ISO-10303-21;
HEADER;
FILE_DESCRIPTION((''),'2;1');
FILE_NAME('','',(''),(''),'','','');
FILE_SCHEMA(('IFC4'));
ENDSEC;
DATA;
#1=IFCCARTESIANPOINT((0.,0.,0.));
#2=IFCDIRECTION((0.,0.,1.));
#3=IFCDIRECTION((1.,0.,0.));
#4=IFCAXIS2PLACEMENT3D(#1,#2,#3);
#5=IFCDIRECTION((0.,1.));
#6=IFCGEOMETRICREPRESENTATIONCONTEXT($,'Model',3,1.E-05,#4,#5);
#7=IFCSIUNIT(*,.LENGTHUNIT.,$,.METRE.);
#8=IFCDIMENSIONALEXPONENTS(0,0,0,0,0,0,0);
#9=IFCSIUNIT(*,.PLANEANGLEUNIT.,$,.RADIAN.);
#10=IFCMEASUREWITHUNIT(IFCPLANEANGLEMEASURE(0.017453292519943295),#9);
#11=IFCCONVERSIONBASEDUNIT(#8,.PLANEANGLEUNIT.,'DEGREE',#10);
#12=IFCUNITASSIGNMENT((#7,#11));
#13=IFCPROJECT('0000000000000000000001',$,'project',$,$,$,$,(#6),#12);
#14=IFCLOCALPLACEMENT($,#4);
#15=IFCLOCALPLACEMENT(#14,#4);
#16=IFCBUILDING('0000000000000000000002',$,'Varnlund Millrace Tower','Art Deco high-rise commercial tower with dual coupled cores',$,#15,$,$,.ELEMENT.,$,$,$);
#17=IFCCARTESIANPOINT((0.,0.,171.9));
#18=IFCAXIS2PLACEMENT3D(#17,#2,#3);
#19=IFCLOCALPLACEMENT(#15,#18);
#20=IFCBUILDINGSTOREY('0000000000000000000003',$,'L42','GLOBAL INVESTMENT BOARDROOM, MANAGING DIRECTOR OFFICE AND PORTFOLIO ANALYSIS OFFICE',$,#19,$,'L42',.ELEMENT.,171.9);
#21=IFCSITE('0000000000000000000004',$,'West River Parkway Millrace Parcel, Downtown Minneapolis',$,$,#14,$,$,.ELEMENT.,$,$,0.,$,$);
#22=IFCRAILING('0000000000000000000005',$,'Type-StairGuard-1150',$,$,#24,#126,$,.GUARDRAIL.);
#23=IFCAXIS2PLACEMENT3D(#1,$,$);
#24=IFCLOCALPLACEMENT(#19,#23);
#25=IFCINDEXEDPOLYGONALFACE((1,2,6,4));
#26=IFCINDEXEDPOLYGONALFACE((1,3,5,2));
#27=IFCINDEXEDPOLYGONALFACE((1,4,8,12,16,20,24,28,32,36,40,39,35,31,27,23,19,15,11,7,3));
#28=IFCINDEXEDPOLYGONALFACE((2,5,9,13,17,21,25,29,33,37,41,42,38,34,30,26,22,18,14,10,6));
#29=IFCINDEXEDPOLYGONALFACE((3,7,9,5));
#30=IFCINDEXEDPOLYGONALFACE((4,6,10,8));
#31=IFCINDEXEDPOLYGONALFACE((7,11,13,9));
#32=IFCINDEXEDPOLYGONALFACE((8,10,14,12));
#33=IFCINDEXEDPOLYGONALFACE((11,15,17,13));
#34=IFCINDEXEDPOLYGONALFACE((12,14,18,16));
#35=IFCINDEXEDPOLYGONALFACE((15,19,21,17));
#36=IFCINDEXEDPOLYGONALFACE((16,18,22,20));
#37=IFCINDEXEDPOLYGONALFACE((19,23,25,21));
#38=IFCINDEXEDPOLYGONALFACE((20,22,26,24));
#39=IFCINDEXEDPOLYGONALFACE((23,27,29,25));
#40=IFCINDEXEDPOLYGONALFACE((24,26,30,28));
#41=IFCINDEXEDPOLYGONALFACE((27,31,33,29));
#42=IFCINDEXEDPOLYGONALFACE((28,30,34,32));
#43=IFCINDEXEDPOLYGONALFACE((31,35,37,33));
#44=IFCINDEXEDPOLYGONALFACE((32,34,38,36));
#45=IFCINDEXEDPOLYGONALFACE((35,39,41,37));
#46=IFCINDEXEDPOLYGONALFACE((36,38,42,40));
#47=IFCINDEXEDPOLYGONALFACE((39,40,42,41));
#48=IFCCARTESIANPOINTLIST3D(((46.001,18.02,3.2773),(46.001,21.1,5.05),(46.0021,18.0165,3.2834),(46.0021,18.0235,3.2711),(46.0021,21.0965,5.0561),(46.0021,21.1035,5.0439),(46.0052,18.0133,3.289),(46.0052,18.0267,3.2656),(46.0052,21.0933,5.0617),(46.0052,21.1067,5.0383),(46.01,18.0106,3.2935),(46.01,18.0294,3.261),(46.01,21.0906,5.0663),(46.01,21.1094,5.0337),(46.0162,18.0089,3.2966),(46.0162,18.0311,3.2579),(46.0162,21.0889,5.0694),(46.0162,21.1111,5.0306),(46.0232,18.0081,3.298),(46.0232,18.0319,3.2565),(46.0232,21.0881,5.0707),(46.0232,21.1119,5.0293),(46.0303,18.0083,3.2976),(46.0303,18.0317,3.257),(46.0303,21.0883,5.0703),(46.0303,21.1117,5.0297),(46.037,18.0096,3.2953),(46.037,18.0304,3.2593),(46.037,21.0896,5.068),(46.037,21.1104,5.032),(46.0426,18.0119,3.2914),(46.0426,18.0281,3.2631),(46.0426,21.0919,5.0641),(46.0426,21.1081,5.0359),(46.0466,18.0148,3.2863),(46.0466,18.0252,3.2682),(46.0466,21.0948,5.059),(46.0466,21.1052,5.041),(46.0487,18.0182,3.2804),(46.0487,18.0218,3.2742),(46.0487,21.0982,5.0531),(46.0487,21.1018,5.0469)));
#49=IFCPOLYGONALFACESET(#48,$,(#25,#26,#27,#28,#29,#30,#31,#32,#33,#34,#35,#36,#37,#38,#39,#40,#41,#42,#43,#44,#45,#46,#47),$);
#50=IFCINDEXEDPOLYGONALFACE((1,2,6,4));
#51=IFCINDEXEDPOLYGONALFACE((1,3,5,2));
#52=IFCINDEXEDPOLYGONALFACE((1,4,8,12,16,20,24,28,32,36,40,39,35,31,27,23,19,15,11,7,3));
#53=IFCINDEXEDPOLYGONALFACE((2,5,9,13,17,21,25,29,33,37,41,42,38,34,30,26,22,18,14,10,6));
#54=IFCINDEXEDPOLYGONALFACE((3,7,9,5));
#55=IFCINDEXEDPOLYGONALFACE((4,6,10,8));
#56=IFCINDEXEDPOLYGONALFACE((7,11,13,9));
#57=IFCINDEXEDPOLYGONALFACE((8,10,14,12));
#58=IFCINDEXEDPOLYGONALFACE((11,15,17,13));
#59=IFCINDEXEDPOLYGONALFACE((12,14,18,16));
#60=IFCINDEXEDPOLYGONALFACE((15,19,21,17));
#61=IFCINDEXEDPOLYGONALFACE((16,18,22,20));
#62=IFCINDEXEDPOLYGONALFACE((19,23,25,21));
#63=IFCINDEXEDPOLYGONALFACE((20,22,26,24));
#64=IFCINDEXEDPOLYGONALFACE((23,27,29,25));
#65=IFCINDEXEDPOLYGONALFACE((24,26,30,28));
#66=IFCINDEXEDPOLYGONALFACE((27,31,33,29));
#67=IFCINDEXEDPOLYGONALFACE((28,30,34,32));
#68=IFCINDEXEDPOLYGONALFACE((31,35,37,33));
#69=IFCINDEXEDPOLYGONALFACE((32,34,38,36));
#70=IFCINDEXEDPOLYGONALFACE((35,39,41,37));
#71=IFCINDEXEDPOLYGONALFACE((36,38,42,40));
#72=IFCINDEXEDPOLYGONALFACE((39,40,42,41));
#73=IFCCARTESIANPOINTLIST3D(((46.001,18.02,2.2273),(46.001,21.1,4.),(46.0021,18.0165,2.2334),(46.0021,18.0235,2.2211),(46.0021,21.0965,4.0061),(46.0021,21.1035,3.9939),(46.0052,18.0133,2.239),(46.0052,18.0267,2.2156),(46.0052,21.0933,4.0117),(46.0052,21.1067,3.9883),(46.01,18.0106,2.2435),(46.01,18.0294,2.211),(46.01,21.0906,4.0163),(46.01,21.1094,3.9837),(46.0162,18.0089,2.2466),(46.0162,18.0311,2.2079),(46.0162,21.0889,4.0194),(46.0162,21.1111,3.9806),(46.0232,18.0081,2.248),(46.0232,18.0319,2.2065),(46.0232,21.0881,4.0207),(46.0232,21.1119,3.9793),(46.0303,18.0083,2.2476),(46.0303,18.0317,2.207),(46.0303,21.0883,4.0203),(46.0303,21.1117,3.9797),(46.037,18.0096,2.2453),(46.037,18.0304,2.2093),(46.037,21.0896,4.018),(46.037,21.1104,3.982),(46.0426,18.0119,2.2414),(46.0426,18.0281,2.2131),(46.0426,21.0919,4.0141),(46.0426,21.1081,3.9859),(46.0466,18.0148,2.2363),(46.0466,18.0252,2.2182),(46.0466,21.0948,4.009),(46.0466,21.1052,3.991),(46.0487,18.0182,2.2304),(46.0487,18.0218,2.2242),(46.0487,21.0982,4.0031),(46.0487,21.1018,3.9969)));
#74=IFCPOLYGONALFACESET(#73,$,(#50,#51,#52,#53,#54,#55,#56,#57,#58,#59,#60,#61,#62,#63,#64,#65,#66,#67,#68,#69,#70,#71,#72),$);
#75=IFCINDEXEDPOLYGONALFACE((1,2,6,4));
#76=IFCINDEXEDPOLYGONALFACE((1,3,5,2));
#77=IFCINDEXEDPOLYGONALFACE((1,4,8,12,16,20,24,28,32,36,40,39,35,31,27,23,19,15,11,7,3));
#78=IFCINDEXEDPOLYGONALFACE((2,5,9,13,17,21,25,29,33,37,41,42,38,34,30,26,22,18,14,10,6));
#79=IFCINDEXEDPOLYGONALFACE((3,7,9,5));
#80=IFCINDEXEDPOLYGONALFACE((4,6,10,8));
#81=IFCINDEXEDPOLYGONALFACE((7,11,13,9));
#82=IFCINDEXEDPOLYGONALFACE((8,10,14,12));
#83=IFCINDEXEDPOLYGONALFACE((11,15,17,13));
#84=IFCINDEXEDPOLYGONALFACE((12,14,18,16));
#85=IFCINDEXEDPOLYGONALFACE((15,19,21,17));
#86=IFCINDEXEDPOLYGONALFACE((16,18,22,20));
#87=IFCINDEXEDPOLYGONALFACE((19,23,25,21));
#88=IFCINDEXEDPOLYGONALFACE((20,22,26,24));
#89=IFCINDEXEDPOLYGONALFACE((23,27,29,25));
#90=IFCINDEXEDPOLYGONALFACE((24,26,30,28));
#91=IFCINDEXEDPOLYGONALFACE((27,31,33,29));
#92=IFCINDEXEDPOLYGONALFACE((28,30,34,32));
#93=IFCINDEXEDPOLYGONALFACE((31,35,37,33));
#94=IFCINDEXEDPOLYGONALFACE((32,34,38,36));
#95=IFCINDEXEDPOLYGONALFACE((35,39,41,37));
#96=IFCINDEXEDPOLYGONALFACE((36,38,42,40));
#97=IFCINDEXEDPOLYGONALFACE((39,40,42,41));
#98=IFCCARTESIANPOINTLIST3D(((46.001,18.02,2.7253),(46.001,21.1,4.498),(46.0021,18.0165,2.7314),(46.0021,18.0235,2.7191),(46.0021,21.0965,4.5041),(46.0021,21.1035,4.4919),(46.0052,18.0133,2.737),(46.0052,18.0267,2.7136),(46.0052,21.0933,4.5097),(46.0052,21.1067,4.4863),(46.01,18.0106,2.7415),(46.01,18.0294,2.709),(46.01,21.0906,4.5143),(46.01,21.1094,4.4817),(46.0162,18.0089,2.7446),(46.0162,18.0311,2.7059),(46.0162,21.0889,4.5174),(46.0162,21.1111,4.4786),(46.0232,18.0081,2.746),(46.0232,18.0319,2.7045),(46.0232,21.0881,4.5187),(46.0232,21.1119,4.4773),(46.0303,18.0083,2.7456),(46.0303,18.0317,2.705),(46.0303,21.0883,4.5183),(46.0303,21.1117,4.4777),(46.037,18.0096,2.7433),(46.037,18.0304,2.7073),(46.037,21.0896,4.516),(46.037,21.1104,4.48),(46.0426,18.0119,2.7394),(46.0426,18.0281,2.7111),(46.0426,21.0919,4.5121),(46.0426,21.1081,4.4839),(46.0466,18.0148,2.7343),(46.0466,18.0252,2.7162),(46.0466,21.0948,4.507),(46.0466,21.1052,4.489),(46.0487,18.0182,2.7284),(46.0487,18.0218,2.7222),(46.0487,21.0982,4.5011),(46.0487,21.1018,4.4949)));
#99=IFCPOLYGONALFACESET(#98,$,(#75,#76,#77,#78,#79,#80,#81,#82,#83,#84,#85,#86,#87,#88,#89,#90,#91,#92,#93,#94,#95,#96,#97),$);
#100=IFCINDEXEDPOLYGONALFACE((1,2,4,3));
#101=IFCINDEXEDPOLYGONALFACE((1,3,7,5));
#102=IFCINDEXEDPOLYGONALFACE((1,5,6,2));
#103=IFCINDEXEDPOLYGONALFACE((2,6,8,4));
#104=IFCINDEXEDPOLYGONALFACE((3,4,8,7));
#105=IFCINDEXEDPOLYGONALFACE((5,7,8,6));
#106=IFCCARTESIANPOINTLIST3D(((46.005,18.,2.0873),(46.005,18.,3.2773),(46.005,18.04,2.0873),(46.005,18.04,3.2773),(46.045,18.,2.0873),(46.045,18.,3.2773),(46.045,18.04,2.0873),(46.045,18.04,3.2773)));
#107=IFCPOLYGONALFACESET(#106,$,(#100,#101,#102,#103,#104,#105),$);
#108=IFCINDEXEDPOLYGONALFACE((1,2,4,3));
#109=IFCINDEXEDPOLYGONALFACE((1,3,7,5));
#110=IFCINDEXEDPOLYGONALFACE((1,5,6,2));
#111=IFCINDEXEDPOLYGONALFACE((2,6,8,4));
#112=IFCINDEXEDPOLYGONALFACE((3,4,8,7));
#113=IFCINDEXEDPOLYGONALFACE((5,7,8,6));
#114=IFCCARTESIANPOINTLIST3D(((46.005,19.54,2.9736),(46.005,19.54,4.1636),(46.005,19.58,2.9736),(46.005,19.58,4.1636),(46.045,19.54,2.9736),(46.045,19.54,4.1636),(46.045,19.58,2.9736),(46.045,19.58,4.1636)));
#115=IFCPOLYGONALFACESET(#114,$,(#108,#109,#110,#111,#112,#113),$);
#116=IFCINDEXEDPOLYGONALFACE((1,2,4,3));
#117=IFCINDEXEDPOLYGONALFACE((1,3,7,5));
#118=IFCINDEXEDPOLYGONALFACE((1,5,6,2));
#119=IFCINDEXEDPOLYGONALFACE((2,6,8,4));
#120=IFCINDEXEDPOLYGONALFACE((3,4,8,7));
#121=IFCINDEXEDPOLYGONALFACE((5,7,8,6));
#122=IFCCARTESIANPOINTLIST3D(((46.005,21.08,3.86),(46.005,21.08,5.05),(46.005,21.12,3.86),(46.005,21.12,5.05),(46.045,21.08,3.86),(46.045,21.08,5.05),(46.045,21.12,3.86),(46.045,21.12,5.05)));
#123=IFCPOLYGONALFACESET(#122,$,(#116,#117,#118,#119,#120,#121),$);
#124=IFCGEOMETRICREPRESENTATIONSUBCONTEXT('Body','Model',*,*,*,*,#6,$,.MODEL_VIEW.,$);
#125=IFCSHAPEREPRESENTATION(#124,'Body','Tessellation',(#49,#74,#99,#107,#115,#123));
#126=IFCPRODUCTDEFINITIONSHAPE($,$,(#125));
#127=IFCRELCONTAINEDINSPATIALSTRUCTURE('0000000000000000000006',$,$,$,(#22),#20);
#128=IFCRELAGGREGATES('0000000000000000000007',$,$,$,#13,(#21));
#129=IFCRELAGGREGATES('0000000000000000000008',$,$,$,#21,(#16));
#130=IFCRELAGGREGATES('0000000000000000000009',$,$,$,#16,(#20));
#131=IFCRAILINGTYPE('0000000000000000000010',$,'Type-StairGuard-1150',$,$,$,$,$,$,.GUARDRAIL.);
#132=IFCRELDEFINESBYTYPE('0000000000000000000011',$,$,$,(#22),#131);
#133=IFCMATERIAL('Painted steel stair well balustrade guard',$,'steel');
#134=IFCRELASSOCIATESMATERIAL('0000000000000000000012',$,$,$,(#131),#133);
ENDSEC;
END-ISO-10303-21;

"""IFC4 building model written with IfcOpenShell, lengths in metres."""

from ifc_helpers import new_model, entity, si_unit, converted_unit, direction, frame, origin_with_axes, origin_2d_with_axis, place, context, subcontext, project, spatial, rectangle, circle, extrude, material, type_object, element, save


model = new_model("IFC4")

# Units and contexts
model_context = context("Model", 3, precision=1e-05, world=origin_with_axes(), true_north=direction((0.0, 1.0)))
body_context = subcontext(model_context, "Body", "Model", "MODEL_VIEW")
ifc_project = project(units=[si_unit("LENGTHUNIT", "METRE"), converted_unit("PLANEANGLEUNIT", "DEGREE", entity("IfcPlaneAngleMeasure", 0.017453292519943295), si_unit("PLANEANGLEUNIT", "RADIAN"), dimensions=[0, 0, 0, 0, 0, 0, 0])], contexts=[model_context])

# Site, building, storey
site_placement = place(None, origin_with_axes())
site = spatial("IfcSite", under=ifc_project, at=site_placement, Name="West River Parkway Millrace Parcel, Downtown Minneapolis", CompositionType="ELEMENT", RefElevation=0.0)
building_placement = place(site_placement, origin_with_axes())
building = spatial("IfcBuilding", under=site, at=building_placement, Name="Varnlund Millrace Tower", Description="Art Deco high-rise commercial tower with dual coupled cores", CompositionType="ELEMENT")
storey_placement = place(building_placement, frame((0.0, 0.0, 171.9), z_axis=(0.0, 0.0, 1.0), x_axis=(1.0, 0.0, 0.0)))
storey = spatial("IfcBuildingStorey", under=building, at=storey_placement, Name="L42", Description="GLOBAL INVESTMENT BOARDROOM, MANAGING DIRECTOR OFFICE AND PORTFOLIO ANALYSIS OFFICE", LongName="L42", CompositionType="ELEMENT", Elevation=171.9)

# Railing
ifc_material_1 = material(Name="Painted steel stair well balustrade guard", Category="steel")
railing_type_1 = type_object("IfcRailingType", Name="Type-StairGuard-1150", PredefinedType="GUARDRAIL", material=ifc_material_1)
railing_1_placement = place(storey_placement, frame((0.0, 0.0, -171.9), z_axis=(0.0, 0.0, 1.0), x_axis=(1.0, 0.0, 0.0)))
element("IfcRailing", 1, at=railing_1_placement, inside=storey, type_object=railing_type_1, Name="Type-StairGuard-1150", PredefinedType="GUARDRAIL", context=body_context, shape_type="SweptSolid", body=[
    extrude(circle(Radius=0.024, at=origin_2d_with_axis()), frame((46.025, 18.02, 175.1773), z_axis=(0.0, 0.866696, 0.498836), x_axis=(-1.0, 0.0, 0.0)), (0.0, 0.0, 1.0), 3.5537),
    extrude(circle(Radius=0.024, at=origin_2d_with_axis()), frame((46.025, 18.02, 174.1273), z_axis=(0.0, 0.866696, 0.498836), x_axis=(-1.0, 0.0, 0.0)), (0.0, 0.0, 1.0), 3.5537),
    extrude(circle(Radius=0.024, at=origin_2d_with_axis()), frame((46.025, 18.02, 174.6253), z_axis=(0.0, 0.866696, 0.498836), x_axis=(-1.0, 0.0, 0.0)), (0.0, 0.0, 1.0), 3.5537),
    extrude(rectangle(XDim=0.04, YDim=0.04, at=origin_2d_with_axis()), frame((46.025, 18.02, 173.9873), z_axis=(0.0, 0.0, 1.0), x_axis=(1.0, 0.0, 0.0)), (0.0, 0.0, 1.0), 1.19),
    extrude(rectangle(XDim=0.04, YDim=0.04, at=origin_2d_with_axis()), frame((46.025, 19.56, 174.8736), z_axis=(0.0, 0.0, 1.0), x_axis=(1.0, 0.0, 0.0)), (0.0, 0.0, 1.0), 1.19),
    extrude(rectangle(XDim=0.04, YDim=0.04, at=origin_2d_with_axis()), frame((46.025, 21.1, 175.76), z_axis=(0.0, 0.0, 1.0), x_axis=(1.0, 0.0, 0.0)), (0.0, 0.0, 1.0), 1.19),
])

save(model, "model.ifc")
